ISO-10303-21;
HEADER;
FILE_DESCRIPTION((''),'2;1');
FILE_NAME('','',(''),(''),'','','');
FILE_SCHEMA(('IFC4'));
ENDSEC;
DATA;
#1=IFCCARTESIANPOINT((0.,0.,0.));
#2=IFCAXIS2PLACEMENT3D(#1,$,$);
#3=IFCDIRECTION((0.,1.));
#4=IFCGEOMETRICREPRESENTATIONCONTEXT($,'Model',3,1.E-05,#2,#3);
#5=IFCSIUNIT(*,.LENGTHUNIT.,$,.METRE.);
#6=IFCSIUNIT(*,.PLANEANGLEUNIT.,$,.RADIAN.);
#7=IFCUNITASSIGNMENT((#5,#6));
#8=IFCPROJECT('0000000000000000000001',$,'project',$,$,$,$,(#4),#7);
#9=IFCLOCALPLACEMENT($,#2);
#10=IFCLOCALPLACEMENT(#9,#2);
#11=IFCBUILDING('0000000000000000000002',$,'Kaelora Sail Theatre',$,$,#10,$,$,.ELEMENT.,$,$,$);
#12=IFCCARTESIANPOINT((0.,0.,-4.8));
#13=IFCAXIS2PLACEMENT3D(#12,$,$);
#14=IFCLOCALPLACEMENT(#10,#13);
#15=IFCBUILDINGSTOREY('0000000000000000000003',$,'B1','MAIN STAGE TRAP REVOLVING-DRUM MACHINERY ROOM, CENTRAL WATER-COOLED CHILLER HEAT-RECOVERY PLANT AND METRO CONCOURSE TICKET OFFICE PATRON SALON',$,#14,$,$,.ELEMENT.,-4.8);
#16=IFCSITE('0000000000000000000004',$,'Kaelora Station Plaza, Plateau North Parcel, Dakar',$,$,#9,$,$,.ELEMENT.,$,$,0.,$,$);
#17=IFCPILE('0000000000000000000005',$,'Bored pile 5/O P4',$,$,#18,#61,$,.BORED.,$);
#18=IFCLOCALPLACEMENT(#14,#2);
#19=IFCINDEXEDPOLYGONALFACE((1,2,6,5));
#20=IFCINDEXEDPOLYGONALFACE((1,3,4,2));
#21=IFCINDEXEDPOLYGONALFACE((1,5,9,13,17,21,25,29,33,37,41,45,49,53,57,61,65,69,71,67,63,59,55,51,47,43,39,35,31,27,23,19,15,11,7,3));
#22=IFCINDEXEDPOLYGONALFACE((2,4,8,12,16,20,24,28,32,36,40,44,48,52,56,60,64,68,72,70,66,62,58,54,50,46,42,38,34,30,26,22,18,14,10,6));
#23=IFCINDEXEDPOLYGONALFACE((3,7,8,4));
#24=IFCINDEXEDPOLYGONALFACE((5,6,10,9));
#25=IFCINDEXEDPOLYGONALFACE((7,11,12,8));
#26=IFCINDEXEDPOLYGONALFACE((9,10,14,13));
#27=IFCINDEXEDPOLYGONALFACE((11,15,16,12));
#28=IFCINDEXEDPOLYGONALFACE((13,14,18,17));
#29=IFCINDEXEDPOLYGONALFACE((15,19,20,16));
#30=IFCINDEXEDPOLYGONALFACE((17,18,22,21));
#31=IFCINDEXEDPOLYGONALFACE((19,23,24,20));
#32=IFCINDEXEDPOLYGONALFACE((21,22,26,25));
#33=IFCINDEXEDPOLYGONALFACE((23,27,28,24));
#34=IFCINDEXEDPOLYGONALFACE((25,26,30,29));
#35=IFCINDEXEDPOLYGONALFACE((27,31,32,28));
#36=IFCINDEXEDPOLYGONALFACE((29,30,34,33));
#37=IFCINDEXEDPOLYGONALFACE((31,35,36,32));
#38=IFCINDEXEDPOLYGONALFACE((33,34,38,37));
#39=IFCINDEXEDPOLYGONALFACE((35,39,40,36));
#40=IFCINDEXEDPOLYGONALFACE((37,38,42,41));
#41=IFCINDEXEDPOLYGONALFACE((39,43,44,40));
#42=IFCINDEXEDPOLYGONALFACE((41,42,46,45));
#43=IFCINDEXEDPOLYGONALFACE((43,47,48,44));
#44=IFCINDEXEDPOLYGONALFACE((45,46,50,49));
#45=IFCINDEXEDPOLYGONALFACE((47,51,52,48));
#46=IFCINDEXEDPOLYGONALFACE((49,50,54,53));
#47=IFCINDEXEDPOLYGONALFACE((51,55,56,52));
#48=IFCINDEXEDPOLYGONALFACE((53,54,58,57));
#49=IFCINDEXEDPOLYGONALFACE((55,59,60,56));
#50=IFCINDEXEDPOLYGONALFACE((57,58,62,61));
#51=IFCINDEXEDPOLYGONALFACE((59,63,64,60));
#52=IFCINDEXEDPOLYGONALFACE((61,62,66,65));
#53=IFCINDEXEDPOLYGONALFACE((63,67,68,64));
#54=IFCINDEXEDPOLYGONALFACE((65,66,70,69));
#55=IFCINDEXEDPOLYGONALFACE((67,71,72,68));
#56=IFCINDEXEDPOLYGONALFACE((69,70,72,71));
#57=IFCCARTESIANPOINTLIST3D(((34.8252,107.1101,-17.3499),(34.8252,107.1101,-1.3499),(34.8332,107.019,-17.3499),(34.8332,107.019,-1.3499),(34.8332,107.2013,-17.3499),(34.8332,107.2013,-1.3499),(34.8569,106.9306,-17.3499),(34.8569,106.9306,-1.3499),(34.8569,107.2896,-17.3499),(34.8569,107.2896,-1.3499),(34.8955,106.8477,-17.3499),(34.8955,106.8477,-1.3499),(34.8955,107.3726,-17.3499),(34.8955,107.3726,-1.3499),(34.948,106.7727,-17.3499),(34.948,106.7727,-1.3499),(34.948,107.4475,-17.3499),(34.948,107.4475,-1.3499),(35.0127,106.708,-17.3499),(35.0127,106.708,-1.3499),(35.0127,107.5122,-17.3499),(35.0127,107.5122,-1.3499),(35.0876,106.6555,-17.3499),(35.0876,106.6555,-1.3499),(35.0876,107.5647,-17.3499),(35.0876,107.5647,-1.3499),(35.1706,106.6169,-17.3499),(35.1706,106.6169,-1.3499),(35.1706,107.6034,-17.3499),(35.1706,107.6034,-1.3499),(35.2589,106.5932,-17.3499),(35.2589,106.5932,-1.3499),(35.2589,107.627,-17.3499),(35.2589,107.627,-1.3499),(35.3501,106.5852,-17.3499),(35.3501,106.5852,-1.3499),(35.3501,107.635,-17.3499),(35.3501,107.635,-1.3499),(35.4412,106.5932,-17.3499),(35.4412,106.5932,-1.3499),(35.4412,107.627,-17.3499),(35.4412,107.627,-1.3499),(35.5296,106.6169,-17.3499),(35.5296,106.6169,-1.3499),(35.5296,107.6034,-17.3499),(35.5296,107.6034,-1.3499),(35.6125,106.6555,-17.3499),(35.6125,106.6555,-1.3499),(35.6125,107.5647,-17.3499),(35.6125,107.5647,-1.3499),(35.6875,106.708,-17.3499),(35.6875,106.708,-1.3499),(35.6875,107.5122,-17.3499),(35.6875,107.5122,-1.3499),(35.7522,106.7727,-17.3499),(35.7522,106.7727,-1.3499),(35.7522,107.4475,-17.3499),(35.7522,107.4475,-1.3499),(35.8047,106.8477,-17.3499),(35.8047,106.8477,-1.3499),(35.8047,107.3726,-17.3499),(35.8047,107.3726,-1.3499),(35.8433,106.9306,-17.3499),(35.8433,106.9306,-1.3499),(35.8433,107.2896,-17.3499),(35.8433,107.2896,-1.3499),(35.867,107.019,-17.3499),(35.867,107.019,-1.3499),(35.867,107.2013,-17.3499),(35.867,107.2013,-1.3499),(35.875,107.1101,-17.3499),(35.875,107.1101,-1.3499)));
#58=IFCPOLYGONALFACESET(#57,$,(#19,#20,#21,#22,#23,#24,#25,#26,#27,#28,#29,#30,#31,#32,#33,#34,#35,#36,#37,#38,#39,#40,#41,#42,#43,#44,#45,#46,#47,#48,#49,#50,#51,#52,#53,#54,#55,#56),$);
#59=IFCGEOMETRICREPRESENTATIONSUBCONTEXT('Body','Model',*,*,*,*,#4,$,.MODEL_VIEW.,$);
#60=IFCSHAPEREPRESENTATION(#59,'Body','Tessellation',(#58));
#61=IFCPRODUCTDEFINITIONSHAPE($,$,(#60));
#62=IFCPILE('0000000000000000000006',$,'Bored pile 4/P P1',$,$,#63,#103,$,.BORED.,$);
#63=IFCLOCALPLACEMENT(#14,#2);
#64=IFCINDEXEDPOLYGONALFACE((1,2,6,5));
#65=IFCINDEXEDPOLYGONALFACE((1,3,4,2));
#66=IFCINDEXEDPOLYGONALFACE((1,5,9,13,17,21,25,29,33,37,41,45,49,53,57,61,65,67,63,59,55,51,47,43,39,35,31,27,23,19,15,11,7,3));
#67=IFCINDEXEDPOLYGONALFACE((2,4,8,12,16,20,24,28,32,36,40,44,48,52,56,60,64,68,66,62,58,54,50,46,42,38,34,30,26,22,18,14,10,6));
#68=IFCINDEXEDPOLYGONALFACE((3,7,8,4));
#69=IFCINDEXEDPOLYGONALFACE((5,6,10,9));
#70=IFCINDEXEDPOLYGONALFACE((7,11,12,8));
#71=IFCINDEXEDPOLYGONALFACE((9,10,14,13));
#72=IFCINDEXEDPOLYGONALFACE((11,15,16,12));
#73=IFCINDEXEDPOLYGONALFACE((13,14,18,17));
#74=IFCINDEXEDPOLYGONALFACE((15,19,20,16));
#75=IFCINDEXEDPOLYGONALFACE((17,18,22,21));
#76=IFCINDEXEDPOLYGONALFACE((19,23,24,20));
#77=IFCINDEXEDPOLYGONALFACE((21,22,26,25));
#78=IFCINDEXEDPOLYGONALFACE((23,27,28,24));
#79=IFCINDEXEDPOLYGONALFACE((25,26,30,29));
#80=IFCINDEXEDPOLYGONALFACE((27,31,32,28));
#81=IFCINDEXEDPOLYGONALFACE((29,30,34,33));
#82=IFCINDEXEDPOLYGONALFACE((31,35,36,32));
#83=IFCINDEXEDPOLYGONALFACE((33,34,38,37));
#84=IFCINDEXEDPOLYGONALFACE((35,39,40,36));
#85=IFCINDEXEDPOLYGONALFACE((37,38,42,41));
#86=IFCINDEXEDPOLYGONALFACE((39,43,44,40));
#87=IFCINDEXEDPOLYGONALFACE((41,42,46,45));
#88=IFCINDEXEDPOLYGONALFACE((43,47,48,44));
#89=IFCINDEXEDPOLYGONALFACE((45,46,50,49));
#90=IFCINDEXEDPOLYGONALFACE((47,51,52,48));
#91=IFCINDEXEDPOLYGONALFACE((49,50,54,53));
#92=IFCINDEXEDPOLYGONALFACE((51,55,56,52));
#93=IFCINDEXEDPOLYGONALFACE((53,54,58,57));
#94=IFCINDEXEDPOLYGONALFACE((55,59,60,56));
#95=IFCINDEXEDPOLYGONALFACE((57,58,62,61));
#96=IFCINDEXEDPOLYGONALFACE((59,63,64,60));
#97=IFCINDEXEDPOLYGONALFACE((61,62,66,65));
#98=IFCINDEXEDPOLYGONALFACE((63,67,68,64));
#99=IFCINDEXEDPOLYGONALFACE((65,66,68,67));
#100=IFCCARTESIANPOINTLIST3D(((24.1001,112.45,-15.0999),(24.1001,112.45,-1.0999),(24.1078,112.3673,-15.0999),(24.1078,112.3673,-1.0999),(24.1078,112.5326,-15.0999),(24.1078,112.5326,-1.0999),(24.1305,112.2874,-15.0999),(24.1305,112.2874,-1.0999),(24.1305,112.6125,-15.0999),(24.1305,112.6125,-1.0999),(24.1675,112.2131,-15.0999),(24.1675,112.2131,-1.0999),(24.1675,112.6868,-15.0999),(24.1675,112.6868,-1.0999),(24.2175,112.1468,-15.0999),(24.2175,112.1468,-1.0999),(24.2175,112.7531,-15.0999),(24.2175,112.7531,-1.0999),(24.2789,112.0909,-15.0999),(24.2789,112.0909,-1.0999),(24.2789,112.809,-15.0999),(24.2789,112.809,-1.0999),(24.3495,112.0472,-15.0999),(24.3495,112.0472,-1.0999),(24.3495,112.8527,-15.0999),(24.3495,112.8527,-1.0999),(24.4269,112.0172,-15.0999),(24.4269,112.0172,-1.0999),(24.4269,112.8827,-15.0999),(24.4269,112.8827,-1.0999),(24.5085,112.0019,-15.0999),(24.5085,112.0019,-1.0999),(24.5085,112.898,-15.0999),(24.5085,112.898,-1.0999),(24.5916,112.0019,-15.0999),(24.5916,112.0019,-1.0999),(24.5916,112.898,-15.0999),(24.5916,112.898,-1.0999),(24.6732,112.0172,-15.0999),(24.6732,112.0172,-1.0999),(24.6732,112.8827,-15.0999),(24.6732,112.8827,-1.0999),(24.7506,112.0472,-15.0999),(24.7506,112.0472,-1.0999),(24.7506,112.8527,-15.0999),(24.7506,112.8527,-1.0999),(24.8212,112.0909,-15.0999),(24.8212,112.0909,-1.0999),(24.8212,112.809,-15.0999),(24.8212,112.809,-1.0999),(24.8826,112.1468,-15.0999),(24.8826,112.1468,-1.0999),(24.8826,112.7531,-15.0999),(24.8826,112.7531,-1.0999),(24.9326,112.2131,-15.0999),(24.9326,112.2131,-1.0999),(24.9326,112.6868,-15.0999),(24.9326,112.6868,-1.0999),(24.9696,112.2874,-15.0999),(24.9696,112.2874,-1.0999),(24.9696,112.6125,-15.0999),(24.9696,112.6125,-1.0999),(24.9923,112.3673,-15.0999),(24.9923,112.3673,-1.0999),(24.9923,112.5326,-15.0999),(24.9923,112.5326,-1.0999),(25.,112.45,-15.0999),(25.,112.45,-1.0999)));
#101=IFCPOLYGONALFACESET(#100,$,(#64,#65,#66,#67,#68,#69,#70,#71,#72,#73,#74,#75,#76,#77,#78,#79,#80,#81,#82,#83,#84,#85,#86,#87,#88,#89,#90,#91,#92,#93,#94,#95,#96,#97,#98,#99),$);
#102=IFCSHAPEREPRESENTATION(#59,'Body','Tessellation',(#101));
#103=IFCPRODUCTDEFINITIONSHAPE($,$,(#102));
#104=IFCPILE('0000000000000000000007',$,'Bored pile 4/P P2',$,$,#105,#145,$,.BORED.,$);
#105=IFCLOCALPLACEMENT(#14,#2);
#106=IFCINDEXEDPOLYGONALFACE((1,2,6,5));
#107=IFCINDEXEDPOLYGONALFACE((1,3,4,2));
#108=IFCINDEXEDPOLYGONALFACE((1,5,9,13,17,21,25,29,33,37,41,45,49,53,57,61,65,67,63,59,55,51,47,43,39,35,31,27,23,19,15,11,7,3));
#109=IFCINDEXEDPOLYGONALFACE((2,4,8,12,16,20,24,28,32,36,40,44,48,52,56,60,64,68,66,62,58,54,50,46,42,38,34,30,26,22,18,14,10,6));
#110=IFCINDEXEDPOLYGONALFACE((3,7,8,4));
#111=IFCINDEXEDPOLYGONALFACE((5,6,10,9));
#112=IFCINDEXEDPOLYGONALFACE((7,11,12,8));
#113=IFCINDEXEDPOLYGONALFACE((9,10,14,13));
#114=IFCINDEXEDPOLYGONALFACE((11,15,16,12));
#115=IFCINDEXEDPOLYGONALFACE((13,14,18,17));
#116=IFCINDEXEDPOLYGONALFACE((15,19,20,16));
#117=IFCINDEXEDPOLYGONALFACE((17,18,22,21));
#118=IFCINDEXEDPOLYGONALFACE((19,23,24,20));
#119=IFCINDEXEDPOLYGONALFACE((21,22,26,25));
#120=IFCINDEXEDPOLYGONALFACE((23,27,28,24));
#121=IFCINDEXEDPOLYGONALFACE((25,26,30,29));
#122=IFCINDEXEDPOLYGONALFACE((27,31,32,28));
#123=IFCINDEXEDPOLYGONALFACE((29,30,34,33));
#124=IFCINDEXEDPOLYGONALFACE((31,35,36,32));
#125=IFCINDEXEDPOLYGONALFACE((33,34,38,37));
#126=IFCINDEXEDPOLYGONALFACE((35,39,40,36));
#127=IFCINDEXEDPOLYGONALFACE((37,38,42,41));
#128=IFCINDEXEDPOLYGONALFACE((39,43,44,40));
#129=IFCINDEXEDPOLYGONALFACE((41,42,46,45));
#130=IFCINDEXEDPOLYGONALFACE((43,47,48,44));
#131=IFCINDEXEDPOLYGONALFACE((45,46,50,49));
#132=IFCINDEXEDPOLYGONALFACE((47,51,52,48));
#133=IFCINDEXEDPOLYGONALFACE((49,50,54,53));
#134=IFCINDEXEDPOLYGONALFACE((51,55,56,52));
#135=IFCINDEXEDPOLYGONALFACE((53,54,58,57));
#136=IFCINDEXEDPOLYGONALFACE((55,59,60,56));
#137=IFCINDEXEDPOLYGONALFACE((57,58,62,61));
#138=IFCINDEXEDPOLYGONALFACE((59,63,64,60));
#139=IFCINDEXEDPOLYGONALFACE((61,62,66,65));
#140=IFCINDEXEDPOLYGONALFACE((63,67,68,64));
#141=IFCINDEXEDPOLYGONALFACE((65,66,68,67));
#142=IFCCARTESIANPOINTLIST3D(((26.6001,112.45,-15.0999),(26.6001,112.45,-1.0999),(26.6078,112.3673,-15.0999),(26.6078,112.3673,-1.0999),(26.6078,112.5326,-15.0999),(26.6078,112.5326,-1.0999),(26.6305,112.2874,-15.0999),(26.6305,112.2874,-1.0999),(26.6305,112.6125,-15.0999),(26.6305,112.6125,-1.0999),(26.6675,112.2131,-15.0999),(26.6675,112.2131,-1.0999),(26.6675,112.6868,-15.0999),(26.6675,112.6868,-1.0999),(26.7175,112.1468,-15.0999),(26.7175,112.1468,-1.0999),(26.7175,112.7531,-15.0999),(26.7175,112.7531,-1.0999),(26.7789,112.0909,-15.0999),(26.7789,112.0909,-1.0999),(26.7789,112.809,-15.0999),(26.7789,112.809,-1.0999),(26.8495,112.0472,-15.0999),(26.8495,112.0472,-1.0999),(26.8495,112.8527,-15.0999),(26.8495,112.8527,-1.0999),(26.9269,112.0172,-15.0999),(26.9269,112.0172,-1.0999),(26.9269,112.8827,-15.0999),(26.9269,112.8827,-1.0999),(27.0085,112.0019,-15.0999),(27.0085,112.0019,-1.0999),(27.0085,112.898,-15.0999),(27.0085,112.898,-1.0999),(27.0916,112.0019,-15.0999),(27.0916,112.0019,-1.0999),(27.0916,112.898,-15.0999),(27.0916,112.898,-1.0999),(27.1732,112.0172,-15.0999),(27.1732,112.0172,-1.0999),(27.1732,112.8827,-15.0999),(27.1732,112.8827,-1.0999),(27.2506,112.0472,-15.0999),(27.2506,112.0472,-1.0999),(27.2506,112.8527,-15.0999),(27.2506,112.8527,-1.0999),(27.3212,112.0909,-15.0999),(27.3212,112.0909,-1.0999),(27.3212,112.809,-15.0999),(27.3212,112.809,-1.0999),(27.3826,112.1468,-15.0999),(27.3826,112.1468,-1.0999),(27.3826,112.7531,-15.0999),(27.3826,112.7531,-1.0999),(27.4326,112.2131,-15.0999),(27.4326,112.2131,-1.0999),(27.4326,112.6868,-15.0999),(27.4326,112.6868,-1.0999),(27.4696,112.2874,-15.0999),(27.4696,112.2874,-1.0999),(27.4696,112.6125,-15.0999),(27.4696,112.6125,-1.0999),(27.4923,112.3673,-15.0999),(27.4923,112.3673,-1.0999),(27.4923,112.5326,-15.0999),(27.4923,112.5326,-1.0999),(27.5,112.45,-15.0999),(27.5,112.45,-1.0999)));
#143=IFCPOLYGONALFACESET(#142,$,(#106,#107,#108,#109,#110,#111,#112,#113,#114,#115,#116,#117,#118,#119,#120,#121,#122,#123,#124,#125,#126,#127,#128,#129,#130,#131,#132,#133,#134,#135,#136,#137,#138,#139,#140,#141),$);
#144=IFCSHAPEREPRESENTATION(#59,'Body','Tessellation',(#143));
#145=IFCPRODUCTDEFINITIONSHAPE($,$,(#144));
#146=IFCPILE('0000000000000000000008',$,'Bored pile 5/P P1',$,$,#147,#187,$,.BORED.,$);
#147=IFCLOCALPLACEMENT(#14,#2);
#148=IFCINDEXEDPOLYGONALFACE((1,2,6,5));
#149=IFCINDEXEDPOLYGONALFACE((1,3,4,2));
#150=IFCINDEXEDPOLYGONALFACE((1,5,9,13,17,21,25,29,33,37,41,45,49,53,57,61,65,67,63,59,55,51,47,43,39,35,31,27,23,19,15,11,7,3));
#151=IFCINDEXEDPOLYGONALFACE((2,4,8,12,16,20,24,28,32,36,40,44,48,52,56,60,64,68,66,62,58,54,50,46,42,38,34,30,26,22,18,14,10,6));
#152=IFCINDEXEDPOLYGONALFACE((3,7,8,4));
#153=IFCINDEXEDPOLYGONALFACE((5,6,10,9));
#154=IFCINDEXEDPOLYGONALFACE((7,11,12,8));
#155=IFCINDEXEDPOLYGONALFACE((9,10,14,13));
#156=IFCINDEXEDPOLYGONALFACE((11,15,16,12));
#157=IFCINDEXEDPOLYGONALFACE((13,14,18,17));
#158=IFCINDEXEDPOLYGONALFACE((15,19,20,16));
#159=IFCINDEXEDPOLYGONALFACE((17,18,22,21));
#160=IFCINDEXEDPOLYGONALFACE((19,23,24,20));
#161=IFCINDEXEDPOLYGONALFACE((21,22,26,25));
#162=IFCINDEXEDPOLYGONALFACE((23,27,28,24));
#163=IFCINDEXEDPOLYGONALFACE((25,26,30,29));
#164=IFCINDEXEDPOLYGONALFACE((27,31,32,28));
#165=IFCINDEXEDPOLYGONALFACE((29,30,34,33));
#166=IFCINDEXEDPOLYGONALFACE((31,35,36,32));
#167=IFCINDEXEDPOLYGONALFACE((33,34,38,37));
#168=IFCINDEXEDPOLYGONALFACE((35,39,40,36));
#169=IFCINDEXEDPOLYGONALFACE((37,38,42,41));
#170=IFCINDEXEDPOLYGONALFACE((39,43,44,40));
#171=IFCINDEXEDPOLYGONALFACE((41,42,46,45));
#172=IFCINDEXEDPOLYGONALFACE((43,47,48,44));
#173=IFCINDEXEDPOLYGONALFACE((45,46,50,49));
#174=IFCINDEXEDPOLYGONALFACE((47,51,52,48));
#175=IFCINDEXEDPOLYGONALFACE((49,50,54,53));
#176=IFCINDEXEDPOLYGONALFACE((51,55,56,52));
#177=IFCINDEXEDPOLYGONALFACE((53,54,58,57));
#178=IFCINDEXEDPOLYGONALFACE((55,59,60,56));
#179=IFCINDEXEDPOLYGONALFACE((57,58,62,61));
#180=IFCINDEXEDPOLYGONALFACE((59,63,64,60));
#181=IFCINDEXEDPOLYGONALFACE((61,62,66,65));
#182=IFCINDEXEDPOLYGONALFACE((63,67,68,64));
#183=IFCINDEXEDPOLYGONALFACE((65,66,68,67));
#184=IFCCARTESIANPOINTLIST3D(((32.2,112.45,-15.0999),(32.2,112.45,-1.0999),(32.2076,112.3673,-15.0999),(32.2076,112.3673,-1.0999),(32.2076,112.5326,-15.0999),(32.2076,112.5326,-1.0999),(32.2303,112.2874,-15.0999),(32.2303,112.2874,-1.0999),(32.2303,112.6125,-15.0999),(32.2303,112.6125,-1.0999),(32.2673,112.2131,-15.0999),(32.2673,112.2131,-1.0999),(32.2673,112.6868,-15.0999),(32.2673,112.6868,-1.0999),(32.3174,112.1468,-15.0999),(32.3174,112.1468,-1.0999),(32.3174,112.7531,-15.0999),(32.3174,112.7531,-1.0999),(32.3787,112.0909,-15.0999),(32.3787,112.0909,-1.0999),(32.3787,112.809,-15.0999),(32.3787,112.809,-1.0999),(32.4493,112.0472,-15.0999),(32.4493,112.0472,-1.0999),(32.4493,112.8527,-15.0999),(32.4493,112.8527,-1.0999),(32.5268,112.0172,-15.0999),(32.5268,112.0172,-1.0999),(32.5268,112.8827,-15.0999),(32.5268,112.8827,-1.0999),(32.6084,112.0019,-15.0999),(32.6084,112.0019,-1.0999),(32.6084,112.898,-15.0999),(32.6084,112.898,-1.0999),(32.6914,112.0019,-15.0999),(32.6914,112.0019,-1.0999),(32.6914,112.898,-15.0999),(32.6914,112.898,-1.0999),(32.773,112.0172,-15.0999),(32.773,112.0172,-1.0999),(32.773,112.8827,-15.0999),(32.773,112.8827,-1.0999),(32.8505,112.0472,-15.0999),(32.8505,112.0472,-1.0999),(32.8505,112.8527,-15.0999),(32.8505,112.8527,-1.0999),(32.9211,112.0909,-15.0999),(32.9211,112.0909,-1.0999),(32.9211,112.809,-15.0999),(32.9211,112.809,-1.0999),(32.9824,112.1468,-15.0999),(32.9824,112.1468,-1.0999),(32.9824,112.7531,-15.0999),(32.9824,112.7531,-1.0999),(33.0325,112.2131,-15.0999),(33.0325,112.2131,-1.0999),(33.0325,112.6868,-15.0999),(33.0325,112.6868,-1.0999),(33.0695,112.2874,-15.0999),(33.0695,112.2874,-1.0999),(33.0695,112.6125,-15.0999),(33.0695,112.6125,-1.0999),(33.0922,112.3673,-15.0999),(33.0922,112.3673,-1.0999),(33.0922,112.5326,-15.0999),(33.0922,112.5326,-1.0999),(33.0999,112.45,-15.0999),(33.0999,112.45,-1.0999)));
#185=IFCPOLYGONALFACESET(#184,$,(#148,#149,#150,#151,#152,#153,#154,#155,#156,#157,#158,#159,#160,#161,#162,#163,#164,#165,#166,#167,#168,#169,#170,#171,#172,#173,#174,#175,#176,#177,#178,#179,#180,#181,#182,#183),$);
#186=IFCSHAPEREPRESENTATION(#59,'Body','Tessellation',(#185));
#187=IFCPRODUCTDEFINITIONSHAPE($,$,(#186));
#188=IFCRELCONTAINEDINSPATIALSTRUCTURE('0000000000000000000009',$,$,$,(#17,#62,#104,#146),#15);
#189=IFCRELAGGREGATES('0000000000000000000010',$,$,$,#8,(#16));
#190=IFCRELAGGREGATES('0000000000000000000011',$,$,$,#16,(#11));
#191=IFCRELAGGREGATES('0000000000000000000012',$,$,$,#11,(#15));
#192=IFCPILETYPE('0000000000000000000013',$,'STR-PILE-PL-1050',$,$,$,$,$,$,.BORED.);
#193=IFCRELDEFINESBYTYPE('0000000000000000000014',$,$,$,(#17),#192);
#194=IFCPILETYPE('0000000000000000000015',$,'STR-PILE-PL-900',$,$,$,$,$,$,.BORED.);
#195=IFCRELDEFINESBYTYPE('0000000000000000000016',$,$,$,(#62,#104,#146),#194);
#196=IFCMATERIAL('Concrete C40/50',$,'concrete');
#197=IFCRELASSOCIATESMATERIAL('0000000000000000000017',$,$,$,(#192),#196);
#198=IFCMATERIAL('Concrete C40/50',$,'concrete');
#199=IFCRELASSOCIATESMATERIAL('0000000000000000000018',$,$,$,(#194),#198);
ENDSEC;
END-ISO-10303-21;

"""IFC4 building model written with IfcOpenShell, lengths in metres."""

from ifc_helpers import new_model, si_unit, direction, frame, origin, origin_2d, place, context, subcontext, project, spatial, circle, extrude, material, material_profile, profile_set, type_object, element, save


model = new_model("IFC4")

# Units and contexts
model_context = context("Model", 3, precision=1e-05, world=origin(), true_north=direction((0.0, 1.0)))
body_context = subcontext(model_context, "Body", "Model", "MODEL_VIEW")
ifc_project = project(units=[si_unit("LENGTHUNIT", "METRE"), si_unit("PLANEANGLEUNIT", "RADIAN")], contexts=[model_context])

# Site, building, storey
site_placement = place(None, origin())
site = spatial("IfcSite", under=ifc_project, at=site_placement, Name="Kaelora Station Plaza, Plateau North Parcel, Dakar", CompositionType="ELEMENT", RefElevation=0.0)
building_placement = place(site_placement, origin())
building = spatial("IfcBuilding", under=site, at=building_placement, Name="Kaelora Sail Theatre", CompositionType="ELEMENT")
storey_placement = place(building_placement, frame((0.0, 0.0, -4.8)))
storey = spatial("IfcBuildingStorey", under=building, at=storey_placement, Name="B1", Description="MAIN STAGE TRAP REVOLVING-DRUM MACHINERY ROOM, CENTRAL WATER-COOLED CHILLER HEAT-RECOVERY PLANT AND METRO CONCOURSE TICKET OFFICE PATRON SALON", CompositionType="ELEMENT", Elevation=-4.8)

# Piles
ifc_material_1 = material(Name="Concrete C40/50", Category="concrete")
ifc_material_profile_1 = material_profile(ifc_material_1, circle(Radius=0.5249, at=origin_2d()), Name="PILE D1050")
ifc_profile_set_1 = profile_set([ifc_material_profile_1], Name="Concrete C40/50")
pile_type_1 = type_object("IfcPileType", Name="STR-PILE-PL-1050", PredefinedType="BORED", material=ifc_profile_set_1)
for number, where, z_axis, x_axis, name in (
    (1, (35.3501, 107.1101, -1.3499), (0.0, 0.0, -1.0), (1.0, 0.0, 0.0), "Bored pile 5/O P4"),
):
    element("IfcPile", number, at=place(storey_placement, frame(where, z_axis=z_axis, x_axis=x_axis)), inside=storey, type_object=pile_type_1, Name=name, PredefinedType="BORED", context=body_context, shape_type="SweptSolid", body=[
        extrude(circle(Radius=0.5249, at=origin_2d()), origin(), (0.0, 0.0, 1.0), 16.0),
    ])
ifc_material_2 = material(Name="Concrete C40/50", Category="concrete")
ifc_material_profile_2 = material_profile(ifc_material_2, circle(Radius=0.45, at=origin_2d()), Name="PILE D900")
ifc_profile_set_2 = profile_set([ifc_material_profile_2], Name="Concrete C40/50")
pile_type_2 = type_object("IfcPileType", Name="STR-PILE-PL-900", PredefinedType="BORED", material=ifc_profile_set_2)
for number, where, z_axis, x_axis, name in (
    (2, (24.55, 112.45, -1.0999), (0.0, 0.0, -1.0), (1.0, 0.0, 0.0), "Bored pile 4/P P1"),
    (3, (27.05, 112.45, -1.0999), (0.0, 0.0, -1.0), (1.0, 0.0, 0.0), "Bored pile 4/P P2"),
    (4, (32.6499, 112.45, -1.0999), (0.0, 0.0, -1.0), (1.0, 0.0, 0.0), "Bored pile 5/P P1"),
):
    element("IfcPile", number, at=place(storey_placement, frame(where, z_axis=z_axis, x_axis=x_axis)), inside=storey, type_object=pile_type_2, Name=name, PredefinedType="BORED", context=body_context, shape_type="SweptSolid", body=[
        extrude(circle(Radius=0.45, at=origin_2d()), origin(), (0.0, 0.0, 1.0), 14.0),
    ])

save(model, "model.ifc")
